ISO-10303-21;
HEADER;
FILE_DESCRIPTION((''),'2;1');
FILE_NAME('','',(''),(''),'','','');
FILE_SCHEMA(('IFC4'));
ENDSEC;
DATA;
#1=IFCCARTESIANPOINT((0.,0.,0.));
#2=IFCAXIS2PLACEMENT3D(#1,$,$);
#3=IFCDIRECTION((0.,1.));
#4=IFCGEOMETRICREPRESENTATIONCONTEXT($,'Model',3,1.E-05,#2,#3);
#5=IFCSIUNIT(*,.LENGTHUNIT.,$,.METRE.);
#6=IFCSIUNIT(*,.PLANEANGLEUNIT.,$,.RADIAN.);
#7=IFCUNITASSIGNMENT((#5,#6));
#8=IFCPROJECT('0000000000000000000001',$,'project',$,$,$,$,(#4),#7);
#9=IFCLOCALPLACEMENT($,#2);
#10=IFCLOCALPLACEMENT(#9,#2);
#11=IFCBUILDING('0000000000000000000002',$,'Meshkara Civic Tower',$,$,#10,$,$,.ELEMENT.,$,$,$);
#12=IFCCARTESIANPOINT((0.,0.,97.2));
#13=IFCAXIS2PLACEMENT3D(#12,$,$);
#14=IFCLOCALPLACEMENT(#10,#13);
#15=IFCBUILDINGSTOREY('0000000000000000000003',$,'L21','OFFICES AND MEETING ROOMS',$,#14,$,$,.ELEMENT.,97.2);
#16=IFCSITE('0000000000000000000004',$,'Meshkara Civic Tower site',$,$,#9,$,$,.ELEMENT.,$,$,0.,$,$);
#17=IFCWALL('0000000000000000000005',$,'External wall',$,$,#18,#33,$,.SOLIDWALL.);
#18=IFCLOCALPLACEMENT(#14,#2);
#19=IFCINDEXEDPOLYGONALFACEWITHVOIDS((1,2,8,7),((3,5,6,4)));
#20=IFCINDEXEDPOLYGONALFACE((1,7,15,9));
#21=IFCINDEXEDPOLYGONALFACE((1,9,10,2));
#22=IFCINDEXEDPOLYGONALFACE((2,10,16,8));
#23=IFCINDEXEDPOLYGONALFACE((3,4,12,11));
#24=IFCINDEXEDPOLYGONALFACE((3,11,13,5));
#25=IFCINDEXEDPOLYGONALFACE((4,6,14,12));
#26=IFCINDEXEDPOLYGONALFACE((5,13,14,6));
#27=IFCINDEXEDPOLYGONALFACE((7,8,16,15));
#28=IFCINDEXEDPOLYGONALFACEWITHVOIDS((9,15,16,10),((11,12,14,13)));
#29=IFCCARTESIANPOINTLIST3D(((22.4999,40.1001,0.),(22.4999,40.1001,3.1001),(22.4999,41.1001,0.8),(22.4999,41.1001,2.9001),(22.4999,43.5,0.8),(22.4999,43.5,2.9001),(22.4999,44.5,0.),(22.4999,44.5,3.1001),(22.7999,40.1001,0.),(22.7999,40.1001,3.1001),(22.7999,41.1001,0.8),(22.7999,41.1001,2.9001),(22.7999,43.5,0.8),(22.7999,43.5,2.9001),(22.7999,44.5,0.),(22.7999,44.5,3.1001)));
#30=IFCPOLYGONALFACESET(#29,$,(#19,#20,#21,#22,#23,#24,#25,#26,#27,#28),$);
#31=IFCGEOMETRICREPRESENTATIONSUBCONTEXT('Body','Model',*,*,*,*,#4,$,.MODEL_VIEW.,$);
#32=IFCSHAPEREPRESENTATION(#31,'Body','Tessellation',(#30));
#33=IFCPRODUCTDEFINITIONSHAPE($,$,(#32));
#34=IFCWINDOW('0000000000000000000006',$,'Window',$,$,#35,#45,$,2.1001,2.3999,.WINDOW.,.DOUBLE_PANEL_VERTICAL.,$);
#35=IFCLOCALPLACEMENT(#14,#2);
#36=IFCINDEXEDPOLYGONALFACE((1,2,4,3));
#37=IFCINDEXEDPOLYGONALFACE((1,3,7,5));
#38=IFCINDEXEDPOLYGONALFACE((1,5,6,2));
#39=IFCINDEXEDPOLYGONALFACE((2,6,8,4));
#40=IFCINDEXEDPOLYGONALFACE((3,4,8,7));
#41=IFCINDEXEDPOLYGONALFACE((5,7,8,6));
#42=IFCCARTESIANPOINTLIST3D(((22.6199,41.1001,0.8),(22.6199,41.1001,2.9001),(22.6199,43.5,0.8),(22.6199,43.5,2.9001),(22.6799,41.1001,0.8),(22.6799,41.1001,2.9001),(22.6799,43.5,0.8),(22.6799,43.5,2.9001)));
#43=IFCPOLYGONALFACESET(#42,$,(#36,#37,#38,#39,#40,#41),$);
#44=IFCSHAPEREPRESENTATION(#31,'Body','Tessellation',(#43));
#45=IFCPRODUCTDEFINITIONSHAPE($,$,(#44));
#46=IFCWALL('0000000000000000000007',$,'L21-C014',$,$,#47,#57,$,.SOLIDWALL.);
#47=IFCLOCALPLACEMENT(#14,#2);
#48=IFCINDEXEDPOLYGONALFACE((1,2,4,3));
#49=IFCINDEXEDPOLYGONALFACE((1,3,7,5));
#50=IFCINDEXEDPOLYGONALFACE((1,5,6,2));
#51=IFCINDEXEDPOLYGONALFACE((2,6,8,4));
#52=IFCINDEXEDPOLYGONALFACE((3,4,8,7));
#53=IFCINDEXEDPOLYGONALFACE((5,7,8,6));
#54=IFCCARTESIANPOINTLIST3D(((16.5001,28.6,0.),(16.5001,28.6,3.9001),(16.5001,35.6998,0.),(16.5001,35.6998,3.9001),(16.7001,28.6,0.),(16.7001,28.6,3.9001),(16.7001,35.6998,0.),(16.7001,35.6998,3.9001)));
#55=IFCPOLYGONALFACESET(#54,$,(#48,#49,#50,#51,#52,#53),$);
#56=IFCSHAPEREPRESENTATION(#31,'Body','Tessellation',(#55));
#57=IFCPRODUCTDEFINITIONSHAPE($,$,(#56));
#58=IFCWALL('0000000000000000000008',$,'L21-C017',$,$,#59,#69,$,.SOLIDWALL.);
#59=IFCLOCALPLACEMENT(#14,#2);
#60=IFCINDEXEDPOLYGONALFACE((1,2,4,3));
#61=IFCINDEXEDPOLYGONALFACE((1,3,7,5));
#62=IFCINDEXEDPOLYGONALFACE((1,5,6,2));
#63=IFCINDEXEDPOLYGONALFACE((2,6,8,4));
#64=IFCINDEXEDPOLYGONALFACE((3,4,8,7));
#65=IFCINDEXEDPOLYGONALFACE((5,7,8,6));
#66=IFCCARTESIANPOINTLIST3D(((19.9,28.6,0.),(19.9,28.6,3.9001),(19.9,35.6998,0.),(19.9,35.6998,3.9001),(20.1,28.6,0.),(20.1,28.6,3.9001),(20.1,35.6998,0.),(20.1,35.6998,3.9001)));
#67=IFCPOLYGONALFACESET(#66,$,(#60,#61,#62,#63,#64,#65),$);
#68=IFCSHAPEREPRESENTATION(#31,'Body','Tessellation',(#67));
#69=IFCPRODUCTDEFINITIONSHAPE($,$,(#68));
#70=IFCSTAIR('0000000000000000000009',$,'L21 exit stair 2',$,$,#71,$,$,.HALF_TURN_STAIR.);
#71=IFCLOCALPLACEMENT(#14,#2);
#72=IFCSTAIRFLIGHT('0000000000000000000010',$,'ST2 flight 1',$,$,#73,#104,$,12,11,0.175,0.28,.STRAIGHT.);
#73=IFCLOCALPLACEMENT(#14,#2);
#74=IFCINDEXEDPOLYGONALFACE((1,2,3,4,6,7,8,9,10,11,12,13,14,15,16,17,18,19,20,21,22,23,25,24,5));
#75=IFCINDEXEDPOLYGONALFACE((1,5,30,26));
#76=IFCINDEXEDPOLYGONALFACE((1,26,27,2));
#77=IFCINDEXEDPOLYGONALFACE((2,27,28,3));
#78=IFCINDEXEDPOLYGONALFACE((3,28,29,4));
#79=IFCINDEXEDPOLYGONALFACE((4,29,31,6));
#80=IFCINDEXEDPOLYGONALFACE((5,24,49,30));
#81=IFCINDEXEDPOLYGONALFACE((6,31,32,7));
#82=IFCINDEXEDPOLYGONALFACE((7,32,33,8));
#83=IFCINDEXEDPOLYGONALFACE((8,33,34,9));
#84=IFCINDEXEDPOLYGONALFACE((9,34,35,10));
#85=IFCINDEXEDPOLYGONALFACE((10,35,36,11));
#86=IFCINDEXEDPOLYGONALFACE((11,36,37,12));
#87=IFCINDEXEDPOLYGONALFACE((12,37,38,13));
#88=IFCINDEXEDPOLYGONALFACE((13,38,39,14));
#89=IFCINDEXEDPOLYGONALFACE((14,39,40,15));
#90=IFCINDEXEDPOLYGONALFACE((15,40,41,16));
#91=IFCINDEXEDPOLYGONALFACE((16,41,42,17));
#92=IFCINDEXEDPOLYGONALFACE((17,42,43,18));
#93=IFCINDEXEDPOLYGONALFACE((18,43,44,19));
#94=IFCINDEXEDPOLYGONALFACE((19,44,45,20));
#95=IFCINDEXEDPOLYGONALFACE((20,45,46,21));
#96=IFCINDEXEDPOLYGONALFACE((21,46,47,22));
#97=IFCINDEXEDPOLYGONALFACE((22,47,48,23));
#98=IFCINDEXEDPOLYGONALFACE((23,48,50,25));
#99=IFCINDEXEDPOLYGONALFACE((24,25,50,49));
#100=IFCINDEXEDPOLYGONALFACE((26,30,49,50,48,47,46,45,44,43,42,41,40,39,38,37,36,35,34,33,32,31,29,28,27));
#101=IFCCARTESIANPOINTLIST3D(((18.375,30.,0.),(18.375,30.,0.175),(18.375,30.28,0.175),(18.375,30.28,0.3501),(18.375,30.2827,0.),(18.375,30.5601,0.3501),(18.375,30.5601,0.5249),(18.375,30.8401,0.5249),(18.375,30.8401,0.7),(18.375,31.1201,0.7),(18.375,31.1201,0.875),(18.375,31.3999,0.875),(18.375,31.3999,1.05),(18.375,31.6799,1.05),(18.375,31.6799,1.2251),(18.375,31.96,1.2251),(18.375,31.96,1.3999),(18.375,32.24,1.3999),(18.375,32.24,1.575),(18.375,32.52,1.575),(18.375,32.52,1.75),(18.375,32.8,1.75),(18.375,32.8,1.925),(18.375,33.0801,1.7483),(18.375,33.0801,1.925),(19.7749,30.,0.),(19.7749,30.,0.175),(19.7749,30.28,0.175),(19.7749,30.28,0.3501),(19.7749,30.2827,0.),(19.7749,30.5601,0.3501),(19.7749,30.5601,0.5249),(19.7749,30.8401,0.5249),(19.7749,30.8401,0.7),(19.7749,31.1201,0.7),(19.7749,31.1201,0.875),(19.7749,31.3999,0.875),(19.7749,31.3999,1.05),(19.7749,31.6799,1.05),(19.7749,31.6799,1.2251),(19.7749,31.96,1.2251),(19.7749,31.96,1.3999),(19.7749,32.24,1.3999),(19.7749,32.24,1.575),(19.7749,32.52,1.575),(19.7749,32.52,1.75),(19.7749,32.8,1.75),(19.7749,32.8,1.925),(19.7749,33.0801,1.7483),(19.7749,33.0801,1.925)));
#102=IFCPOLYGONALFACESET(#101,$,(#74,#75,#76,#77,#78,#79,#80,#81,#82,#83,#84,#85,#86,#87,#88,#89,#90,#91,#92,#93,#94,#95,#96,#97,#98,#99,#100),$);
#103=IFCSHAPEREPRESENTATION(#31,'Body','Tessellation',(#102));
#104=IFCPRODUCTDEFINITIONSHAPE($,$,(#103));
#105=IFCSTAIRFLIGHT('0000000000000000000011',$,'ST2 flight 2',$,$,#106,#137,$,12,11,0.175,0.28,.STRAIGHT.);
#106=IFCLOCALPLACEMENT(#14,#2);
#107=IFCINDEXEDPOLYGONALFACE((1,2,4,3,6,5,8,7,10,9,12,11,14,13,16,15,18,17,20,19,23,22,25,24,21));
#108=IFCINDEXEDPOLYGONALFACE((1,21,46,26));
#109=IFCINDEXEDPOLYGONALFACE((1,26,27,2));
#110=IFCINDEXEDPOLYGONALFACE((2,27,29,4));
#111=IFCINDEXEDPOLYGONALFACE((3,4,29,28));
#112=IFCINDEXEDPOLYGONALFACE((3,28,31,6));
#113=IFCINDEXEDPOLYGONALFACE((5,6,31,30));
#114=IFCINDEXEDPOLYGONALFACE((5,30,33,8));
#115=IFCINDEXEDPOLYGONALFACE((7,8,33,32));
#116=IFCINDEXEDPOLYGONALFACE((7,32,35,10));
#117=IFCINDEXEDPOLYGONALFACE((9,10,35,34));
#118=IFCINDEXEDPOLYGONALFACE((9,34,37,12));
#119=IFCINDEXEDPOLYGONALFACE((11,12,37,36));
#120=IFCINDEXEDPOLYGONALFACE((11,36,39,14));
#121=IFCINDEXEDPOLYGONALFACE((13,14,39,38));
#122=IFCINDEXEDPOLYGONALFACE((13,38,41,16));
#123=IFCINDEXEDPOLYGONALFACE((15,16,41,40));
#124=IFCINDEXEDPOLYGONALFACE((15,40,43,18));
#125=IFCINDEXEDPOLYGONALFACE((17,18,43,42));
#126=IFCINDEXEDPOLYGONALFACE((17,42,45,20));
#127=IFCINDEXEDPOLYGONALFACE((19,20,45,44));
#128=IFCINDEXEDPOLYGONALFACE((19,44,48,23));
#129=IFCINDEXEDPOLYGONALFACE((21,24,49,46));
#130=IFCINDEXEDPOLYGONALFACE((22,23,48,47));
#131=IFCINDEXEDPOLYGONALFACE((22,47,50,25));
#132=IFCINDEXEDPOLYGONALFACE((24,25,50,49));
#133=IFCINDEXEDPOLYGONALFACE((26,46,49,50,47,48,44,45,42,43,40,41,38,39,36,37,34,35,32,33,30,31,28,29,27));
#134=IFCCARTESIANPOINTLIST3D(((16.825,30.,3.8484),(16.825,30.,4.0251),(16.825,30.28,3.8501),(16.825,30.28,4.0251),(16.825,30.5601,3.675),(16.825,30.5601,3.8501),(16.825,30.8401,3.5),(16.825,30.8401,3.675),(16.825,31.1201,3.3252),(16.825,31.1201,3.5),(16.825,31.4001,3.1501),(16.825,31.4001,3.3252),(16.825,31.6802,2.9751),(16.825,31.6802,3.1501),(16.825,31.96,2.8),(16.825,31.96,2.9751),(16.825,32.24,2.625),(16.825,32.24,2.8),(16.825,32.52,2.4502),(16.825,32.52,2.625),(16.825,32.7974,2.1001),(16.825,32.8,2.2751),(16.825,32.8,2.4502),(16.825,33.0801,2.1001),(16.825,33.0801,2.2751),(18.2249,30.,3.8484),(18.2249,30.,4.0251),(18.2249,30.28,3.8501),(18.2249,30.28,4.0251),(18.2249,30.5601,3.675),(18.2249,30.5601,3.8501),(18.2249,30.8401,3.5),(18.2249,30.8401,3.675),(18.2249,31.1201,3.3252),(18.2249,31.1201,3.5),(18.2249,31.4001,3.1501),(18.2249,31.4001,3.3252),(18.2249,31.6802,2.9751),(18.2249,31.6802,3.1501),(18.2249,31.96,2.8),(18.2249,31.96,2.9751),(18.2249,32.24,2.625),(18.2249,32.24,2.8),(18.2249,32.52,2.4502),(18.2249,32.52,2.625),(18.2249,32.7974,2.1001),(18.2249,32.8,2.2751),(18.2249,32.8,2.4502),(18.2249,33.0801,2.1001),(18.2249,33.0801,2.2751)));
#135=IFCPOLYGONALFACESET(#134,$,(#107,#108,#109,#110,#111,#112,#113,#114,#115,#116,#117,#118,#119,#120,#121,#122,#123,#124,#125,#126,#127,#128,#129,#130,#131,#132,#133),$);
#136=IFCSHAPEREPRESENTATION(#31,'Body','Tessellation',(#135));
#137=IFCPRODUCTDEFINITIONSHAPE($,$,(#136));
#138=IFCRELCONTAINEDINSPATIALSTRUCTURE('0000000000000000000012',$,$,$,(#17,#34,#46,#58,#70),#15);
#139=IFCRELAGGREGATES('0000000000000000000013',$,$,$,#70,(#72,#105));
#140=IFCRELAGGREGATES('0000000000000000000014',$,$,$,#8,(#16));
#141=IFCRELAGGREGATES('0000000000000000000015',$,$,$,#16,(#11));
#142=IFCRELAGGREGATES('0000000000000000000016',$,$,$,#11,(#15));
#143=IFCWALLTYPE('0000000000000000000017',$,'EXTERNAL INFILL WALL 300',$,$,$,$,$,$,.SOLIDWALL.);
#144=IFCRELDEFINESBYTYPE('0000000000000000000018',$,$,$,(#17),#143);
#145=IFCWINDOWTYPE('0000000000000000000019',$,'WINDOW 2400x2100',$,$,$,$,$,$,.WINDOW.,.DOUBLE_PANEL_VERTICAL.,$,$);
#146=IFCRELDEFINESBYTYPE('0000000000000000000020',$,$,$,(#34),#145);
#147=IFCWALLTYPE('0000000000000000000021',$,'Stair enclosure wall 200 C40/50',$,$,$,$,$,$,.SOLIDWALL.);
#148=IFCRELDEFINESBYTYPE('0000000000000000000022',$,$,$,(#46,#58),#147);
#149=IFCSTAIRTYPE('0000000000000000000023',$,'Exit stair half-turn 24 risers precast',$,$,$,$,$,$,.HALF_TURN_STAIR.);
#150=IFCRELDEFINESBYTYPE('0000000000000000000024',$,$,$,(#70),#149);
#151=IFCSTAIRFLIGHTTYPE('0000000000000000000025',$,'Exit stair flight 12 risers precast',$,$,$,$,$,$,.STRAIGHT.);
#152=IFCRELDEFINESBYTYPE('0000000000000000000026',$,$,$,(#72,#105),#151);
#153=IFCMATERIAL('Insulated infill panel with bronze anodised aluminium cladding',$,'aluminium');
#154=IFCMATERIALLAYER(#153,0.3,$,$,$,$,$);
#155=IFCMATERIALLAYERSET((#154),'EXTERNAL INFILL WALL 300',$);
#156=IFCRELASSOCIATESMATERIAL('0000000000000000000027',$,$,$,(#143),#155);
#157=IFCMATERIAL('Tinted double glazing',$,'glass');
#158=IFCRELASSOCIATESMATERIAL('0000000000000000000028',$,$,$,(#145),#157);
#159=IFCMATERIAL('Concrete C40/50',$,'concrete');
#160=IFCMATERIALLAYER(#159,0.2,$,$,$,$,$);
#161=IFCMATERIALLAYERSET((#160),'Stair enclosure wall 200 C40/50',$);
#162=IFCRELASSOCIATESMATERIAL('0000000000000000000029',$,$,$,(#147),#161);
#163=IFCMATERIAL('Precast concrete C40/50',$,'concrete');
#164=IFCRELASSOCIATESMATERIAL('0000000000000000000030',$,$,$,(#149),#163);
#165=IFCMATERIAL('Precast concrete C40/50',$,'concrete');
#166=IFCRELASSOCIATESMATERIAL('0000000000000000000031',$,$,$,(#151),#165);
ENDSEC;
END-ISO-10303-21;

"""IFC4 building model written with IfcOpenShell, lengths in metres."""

from ifc_helpers import new_model, si_unit, direction, frame, frame_2d, origin, place, context, subcontext, project, spatial, polyline, rectangle, outline, extrude, material, layer, layer_set, type_object, element, fill, aggregate, save


model = new_model("IFC4")

# Units and contexts
model_context = context("Model", 3, precision=1e-05, world=origin(), true_north=direction((0.0, 1.0)))
body_context = subcontext(model_context, "Body", "Model", "MODEL_VIEW")
ifc_project = project(units=[si_unit("LENGTHUNIT", "METRE"), si_unit("PLANEANGLEUNIT", "RADIAN")], contexts=[model_context])

# Site, building, storey
site_placement = place(None, origin())
site = spatial("IfcSite", under=ifc_project, at=site_placement, Name="Meshkara Civic Tower site", CompositionType="ELEMENT", RefElevation=0.0)
building_placement = place(site_placement, origin())
building = spatial("IfcBuilding", under=site, at=building_placement, Name="Meshkara Civic Tower", CompositionType="ELEMENT")
storey_placement = place(building_placement, frame((0.0, 0.0, 97.2)))
storey = spatial("IfcBuildingStorey", under=building, at=storey_placement, Name="L21", Description="OFFICES AND MEETING ROOMS", CompositionType="ELEMENT", Elevation=97.2)

# Wall, opening, window
ifc_material_1 = material(Name="Insulated infill panel with bronze anodised aluminium cladding", Category="aluminium")
ifc_layer_1 = layer(ifc_material_1, 0.3)
ifc_layer_set_1 = layer_set([ifc_layer_1], Name="EXTERNAL INFILL WALL 300")
wall_type_1 = type_object("IfcWallType", Name="EXTERNAL INFILL WALL 300", PredefinedType="SOLIDWALL", material=ifc_layer_set_1)
wall_1_placement = place(storey_placement, frame((22.6499, 40.1001, 0.0), z_axis=(0.0, 0.0, 1.0), x_axis=(0.0, 1.0, 0.0)))
wall_1 = element("IfcWall", 1, at=wall_1_placement, inside=storey, type_object=wall_type_1, Name="External wall", PredefinedType="SOLIDWALL", context=body_context, shape_type="SweptSolid", body=[
    extrude(rectangle(XDim=4.3999, YDim=0.3, at=frame_2d((2.2, 0.0))), origin(), (0.0, 0.0, 1.0), 3.1001),
])
opening_1_placement = place(wall_1_placement, frame((1.0, 0.0, 0.8)))
opening_1 = element("IfcOpeningElement", 2, at=opening_1_placement, cuts=wall_1, PredefinedType="OPENING", context=body_context, shape_type="SweptSolid", body=[
    extrude(rectangle(XDim=2.3999, YDim=2.1001, at=frame_2d((1.2, 1.05))), frame((0.0, 0.1599, 0.0), z_axis=(0.0, -1.0, 0.0), x_axis=(1.0, 0.0, 0.0)), (0.0, 0.0, 1.0), 0.3201),
])
ifc_material_2 = material(Name="Tinted double glazing", Category="glass")
window_type = type_object("IfcWindowType", Name="WINDOW 2400x2100", PartitioningType="DOUBLE_PANEL_VERTICAL", PredefinedType="WINDOW", material=ifc_material_2)
window_placement = place(opening_1_placement, origin())
window = element("IfcWindow", 3, at=window_placement, inside=storey, type_object=window_type, Name="Window", OverallHeight=2.1001, OverallWidth=2.3999, PartitioningType="DOUBLE_PANEL_VERTICAL", PredefinedType="WINDOW", context=body_context, shape_type="SweptSolid", body=[
    extrude(rectangle(XDim=2.3999, YDim=2.1001, at=frame_2d((1.2, 1.05))), frame((0.0, 0.03, 0.0), z_axis=(0.0, -1.0, 0.0), x_axis=(1.0, 0.0, 0.0)), (0.0, 0.0, 1.0), 0.0601),
])
fill(opening_1, window)

# Walls
ifc_material_3 = material(Name="Concrete C40/50", Category="concrete")
ifc_layer_2 = layer(ifc_material_3, 0.2)
ifc_layer_set_2 = layer_set([ifc_layer_2], Name="Stair enclosure wall 200 C40/50")
wall_type_2 = type_object("IfcWallType", Name="Stair enclosure wall 200 C40/50", PredefinedType="SOLIDWALL", material=ifc_layer_set_2)
for number, where, z_axis, x_axis, name in (
    (4, (16.6001, 28.6001, 0.0), (0.0, 0.0, 1.0), (0.0, 1.0, 0.0), "L21-C014"),
    (5, (20.0, 28.6001, 0.0), (0.0, 0.0, 1.0), (0.0, 1.0, 0.0), "L21-C017"),
):
    element("IfcWall", number, at=place(storey_placement, frame(where, z_axis=z_axis, x_axis=x_axis)), inside=storey, type_object=wall_type_2, Name=name, PredefinedType="SOLIDWALL", context=body_context, shape_type="SweptSolid", body=[
        extrude(rectangle(XDim=7.0999, YDim=0.2, at=frame_2d((3.5498, 0.0))), origin(), (0.0, 0.0, 1.0), 3.9001),
    ])

# Stair, stair flights
ifc_material_4 = material(Name="Precast concrete C40/50", Category="concrete")
stair_type = type_object("IfcStairType", Name="Exit stair half-turn 24 risers precast", PredefinedType="HALF_TURN_STAIR", material=ifc_material_4)
stair_placement = place(storey_placement, origin())
stair = element("IfcStair", 6, at=stair_placement, inside=storey, type_object=stair_type, Name="L21 exit stair 2", PredefinedType="HALF_TURN_STAIR")
ifc_material_5 = material(Name="Precast concrete C40/50", Category="concrete")
stair_flight_type = type_object("IfcStairFlightType", Name="Exit stair flight 12 risers precast", PredefinedType="STRAIGHT", material=ifc_material_5)
stair_flight_1_placement = place(storey_placement, frame((19.075, 30.0, 0.0), z_axis=(0.0, 0.0, 1.0), x_axis=(0.0, 1.0, 0.0)))
stair_flight_1 = element("IfcStairFlight", 7, at=stair_flight_1_placement, type_object=stair_flight_type, Name="ST2 flight 1", NumberOfRisers=12, NumberOfTreads=11, PredefinedType="STRAIGHT", RiserHeight=0.175, TreadLength=0.28, context=body_context, shape_type="SweptSolid", body=[
    extrude(outline(polyline([(0.0, 0.0), (0.0, 0.175), (0.28, 0.175), (0.28, 0.3501), (0.5601, 0.3501), (0.5601, 0.5249), (0.8401, 0.5249), (0.8401, 0.7), (1.1201, 0.7), (1.1201, 0.875), (1.3999, 0.875), (1.3999, 1.05), (1.6799, 1.05), (1.6799, 1.2251), (1.96, 1.2251), (1.96, 1.3999), (2.24, 1.3999), (2.24, 1.575), (2.52, 1.575), (2.52, 1.75), (2.8, 1.75), (2.8, 1.925), (3.0801, 1.925), (3.0801, 2.1001), (3.0801, 1.7483), (0.2827, 0.0), (0.0, 0.0)])), frame((0.0, 0.7, 0.0), z_axis=(0.0, -1.0, 0.0), x_axis=(1.0, 0.0, 0.0)), (0.0, 0.0, 1.0), 1.3999),
])
stair_flight_2_placement = place(storey_placement, frame((17.5249, 33.0801, 2.1001), z_axis=(0.0, 0.0, 1.0), x_axis=(0.0, -1.0, 0.0)))
stair_flight_2 = element("IfcStairFlight", 8, at=stair_flight_2_placement, type_object=stair_flight_type, Name="ST2 flight 2", NumberOfRisers=12, NumberOfTreads=11, PredefinedType="STRAIGHT", RiserHeight=0.175, TreadLength=0.28, context=body_context, shape_type="SweptSolid", body=[
    extrude(outline(polyline([(0.0, 0.0), (0.0, 0.175), (0.28, 0.175), (0.28, 0.3501), (0.5601, 0.3501), (0.5601, 0.5249), (0.8401, 0.5249), (0.8401, 0.7), (1.1201, 0.7), (1.1201, 0.875), (1.3999, 0.875), (1.3999, 1.05), (1.6799, 1.05), (1.6799, 1.2251), (1.96, 1.2251), (1.96, 1.3999), (2.24, 1.3999), (2.24, 1.575), (2.52, 1.575), (2.52, 1.75), (2.8, 1.75), (2.8, 1.925), (3.0801, 1.925), (3.0801, 2.1001), (3.0801, 1.7483), (0.2827, 0.0), (0.0, 0.0)])), frame((0.0, 0.7, 0.0), z_axis=(0.0, -1.0, 0.0), x_axis=(1.0, 0.0, 0.0)), (0.0, 0.0, 1.0), 1.3999),
])
aggregate(stair, [stair_flight_1, stair_flight_2])

save(model, "model.ifc")
